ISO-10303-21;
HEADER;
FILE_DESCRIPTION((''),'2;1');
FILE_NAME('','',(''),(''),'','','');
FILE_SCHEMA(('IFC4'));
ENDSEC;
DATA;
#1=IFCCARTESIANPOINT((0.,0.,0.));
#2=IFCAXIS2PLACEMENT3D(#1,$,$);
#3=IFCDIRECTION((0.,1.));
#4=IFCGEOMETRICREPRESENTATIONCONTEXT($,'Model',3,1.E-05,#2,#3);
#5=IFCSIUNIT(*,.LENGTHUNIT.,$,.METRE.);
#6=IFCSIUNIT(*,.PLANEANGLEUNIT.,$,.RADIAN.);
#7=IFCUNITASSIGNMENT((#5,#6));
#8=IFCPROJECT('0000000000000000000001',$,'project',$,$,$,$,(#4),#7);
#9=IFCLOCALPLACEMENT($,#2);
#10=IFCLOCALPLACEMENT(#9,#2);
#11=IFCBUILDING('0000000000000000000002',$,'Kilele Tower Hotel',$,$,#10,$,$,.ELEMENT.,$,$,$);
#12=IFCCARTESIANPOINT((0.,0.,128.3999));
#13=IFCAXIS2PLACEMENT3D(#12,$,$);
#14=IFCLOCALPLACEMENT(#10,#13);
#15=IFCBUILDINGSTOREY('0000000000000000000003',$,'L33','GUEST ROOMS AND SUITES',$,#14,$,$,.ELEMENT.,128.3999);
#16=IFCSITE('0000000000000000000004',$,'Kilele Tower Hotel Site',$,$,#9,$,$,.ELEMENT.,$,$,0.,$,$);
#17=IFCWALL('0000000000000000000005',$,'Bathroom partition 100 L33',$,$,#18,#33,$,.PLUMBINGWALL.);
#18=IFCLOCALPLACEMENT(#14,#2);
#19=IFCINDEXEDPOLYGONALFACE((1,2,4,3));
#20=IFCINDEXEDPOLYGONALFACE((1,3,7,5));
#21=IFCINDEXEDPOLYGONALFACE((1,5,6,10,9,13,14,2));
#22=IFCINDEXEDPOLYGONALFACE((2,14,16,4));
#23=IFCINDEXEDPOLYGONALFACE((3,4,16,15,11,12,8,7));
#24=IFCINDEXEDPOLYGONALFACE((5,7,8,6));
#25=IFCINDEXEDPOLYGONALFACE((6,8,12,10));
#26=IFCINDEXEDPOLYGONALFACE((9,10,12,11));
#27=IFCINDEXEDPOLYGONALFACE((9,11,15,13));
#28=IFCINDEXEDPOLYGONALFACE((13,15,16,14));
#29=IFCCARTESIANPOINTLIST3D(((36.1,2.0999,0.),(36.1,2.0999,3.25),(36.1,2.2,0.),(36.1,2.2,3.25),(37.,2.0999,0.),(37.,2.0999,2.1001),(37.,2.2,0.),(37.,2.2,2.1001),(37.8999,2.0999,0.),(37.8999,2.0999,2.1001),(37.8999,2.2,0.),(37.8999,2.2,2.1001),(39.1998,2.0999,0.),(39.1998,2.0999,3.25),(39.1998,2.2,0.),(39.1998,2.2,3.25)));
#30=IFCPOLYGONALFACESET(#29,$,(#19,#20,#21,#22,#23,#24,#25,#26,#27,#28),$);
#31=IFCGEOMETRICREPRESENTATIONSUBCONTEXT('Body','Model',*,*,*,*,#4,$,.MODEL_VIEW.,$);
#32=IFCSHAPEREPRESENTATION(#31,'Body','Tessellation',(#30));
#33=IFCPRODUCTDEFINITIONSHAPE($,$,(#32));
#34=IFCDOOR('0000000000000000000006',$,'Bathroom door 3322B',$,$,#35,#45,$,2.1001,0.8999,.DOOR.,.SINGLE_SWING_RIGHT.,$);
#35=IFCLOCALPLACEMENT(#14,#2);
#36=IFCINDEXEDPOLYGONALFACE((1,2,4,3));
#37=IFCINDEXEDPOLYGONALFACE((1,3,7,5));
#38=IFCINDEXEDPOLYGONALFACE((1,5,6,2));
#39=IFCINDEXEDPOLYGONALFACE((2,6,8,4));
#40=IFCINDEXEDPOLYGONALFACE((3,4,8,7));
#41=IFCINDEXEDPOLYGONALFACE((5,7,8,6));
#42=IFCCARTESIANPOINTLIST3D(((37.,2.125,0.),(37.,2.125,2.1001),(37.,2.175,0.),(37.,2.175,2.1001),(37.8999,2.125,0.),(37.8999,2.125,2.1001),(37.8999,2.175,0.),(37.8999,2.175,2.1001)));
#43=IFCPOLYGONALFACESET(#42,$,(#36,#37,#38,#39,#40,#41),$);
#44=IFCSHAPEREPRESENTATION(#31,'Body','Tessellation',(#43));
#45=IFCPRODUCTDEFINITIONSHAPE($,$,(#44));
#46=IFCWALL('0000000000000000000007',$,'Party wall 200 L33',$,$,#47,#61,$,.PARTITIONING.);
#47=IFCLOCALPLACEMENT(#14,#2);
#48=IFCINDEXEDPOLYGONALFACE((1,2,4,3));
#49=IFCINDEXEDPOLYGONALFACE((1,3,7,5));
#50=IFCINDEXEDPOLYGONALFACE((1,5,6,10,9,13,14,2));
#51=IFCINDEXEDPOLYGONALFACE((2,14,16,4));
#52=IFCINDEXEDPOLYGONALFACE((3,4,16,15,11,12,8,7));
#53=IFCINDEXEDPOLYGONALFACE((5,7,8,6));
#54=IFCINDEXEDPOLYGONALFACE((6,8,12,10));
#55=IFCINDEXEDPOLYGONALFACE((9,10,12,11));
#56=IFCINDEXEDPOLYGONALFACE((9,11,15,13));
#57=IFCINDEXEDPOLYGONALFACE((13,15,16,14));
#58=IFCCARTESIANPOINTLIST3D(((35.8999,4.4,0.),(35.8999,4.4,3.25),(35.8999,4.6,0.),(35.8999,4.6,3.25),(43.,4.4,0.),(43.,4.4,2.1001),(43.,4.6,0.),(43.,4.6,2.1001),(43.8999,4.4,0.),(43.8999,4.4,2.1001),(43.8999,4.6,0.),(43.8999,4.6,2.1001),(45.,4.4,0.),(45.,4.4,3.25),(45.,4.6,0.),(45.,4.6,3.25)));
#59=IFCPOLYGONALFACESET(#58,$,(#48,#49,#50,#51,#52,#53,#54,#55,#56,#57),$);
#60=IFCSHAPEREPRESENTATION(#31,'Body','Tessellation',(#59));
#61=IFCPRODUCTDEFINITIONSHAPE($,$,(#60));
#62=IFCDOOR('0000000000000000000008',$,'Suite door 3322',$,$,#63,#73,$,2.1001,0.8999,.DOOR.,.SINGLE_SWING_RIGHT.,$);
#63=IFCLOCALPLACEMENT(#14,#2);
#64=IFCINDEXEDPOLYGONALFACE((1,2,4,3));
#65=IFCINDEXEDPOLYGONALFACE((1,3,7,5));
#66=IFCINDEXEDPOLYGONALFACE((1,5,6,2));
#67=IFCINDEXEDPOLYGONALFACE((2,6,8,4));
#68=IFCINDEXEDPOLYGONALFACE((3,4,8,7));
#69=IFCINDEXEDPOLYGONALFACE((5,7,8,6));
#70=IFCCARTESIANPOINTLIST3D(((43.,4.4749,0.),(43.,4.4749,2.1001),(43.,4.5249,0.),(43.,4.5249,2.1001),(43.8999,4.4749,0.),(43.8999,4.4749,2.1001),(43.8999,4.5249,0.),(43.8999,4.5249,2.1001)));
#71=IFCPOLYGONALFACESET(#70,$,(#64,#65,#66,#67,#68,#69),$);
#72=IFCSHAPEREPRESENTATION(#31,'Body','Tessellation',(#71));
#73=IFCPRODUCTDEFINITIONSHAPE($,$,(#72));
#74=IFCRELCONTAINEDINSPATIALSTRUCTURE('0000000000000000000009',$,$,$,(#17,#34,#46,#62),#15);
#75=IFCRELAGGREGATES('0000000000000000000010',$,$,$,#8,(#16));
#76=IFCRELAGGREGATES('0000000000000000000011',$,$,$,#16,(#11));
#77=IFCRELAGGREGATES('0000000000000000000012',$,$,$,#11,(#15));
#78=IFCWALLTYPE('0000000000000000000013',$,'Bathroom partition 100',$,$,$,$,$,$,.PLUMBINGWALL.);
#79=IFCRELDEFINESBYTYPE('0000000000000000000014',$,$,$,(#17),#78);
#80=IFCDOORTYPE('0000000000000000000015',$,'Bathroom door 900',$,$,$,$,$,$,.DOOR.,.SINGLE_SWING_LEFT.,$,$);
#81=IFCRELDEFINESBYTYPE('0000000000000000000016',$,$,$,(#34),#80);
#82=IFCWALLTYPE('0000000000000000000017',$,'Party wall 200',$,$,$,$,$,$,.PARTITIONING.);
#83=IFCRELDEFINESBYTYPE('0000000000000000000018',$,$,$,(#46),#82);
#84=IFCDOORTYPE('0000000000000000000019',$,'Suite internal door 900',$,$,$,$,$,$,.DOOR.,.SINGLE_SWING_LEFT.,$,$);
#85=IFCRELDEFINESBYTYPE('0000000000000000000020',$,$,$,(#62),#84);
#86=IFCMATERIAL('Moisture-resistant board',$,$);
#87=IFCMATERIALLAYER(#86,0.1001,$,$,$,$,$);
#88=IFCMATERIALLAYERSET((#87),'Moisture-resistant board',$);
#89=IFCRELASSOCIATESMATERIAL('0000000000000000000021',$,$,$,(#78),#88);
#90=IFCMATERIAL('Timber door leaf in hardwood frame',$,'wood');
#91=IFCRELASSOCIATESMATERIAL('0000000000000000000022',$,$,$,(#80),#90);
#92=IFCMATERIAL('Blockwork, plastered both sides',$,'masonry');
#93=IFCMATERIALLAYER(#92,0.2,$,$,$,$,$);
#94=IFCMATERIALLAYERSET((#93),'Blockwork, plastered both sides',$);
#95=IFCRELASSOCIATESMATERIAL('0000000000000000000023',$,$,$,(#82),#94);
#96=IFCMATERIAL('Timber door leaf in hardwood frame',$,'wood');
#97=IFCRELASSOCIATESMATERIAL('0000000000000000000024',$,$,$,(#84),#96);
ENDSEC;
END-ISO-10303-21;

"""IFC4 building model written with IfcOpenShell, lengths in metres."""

from ifc_helpers import new_model, si_unit, direction, frame, frame_2d, origin, place, context, subcontext, project, spatial, rectangle, extrude, material, layer, layer_set, type_object, element, fill, save


model = new_model("IFC4")

# Units and contexts
model_context = context("Model", 3, precision=1e-05, world=origin(), true_north=direction((0.0, 1.0)))
body_context = subcontext(model_context, "Body", "Model", "MODEL_VIEW")
ifc_project = project(units=[si_unit("LENGTHUNIT", "METRE"), si_unit("PLANEANGLEUNIT", "RADIAN")], contexts=[model_context])

# Site, building, storey
site_placement = place(None, origin())
site = spatial("IfcSite", under=ifc_project, at=site_placement, Name="Kilele Tower Hotel Site", CompositionType="ELEMENT", RefElevation=0.0)
building_placement = place(site_placement, origin())
building = spatial("IfcBuilding", under=site, at=building_placement, Name="Kilele Tower Hotel", CompositionType="ELEMENT")
storey_placement = place(building_placement, frame((0.0, 0.0, 128.3999)))
storey = spatial("IfcBuildingStorey", under=building, at=storey_placement, Name="L33", Description="GUEST ROOMS AND SUITES", CompositionType="ELEMENT", Elevation=128.3999)

# Shared definitions
ifc_material_1 = material(Name="Moisture-resistant board")
ifc_layer_1 = layer(ifc_material_1, 0.1001)
ifc_layer_set_1 = layer_set([ifc_layer_1], Name="Moisture-resistant board")
wall_type_1 = type_object("IfcWallType", Name="Bathroom partition 100", PredefinedType="PLUMBINGWALL", material=ifc_layer_set_1)

# Walls, openings, doors
ifc_material_2 = material(Name="Timber door leaf in hardwood frame", Category="wood")
door_type_1 = type_object("IfcDoorType", Name="Bathroom door 900", OperationType="SINGLE_SWING_LEFT", PredefinedType="DOOR", material=ifc_material_2)
wall_1_placement = place(storey_placement, frame((36.1001, 2.1499, 0.0), z_axis=(0.0, 0.0, 1.0), x_axis=(1.0, 0.0, 0.0)))
wall_1 = element("IfcWall", 1, at=wall_1_placement, inside=storey, type_object=wall_type_1, Name="Bathroom partition 100 L33", PredefinedType="PLUMBINGWALL", context=body_context, shape_type="SweptSolid", body=[
    extrude(rectangle(XDim=3.0999, YDim=0.1001, at=frame_2d((1.5498, 0.0))), origin(), (0.0, 0.0, 1.0), 3.25),
])
opening_1_placement = place(wall_1_placement, frame((1.7998, 0.0, 0.0), z_axis=(0.0, 0.0, 1.0), x_axis=(-1.0, 0.0, 0.0)))
opening_1 = element("IfcOpeningElement", 2, at=opening_1_placement, cuts=wall_1, PredefinedType="OPENING", context=body_context, shape_type="SweptSolid", body=[
    extrude(rectangle(XDim=0.8999, YDim=2.1001, at=frame_2d((0.45, 1.05))), frame((0.0, 0.0601, 0.0), z_axis=(0.0, -1.0, 0.0), x_axis=(1.0, 0.0, 0.0)), (0.0, 0.0, 1.0), 0.1201),
])
door_1_placement = place(opening_1_placement, origin())
door_1 = element("IfcDoor", 3, at=door_1_placement, inside=storey, type_object=door_type_1, Name="Bathroom door 3322B", OperationType="SINGLE_SWING_RIGHT", OverallHeight=2.1001, OverallWidth=0.8999, PredefinedType="DOOR", context=body_context, shape_type="SweptSolid", body=[
    extrude(rectangle(XDim=0.8999, YDim=2.1001, at=frame_2d((0.45, 1.05))), frame((0.0, 0.0249, 0.0), z_axis=(0.0, -1.0, 0.0), x_axis=(1.0, 0.0, 0.0)), (0.0, 0.0, 1.0), 0.05),
])
fill(opening_1, door_1)
ifc_material_3 = material(Name="Blockwork, plastered both sides", Category="masonry")
ifc_layer_2 = layer(ifc_material_3, 0.2)
ifc_layer_set_2 = layer_set([ifc_layer_2], Name="Blockwork, plastered both sides")
wall_type_2 = type_object("IfcWallType", Name="Party wall 200", PredefinedType="PARTITIONING", material=ifc_layer_set_2)
wall_2_placement = place(storey_placement, frame((35.8999, 4.5, 0.0), z_axis=(0.0, 0.0, 1.0), x_axis=(1.0, 0.0, 0.0)))
wall_2 = element("IfcWall", 4, at=wall_2_placement, inside=storey, type_object=wall_type_2, Name="Party wall 200 L33", PredefinedType="PARTITIONING", context=body_context, shape_type="SweptSolid", body=[
    extrude(rectangle(XDim=9.1001, YDim=0.2, at=frame_2d((4.55, 0.0))), origin(), (0.0, 0.0, 1.0), 3.25),
])
opening_2_placement = place(wall_2_placement, frame((7.1001, 0.0, 0.0)))
opening_2 = element("IfcOpeningElement", 5, at=opening_2_placement, cuts=wall_2, PredefinedType="OPENING", context=body_context, shape_type="SweptSolid", body=[
    extrude(rectangle(XDim=0.8999, YDim=2.1001, at=frame_2d((0.45, 1.05))), frame((0.0, 0.1099, 0.0), z_axis=(0.0, -1.0, 0.0), x_axis=(1.0, 0.0, 0.0)), (0.0, 0.0, 1.0), 0.22),
])
ifc_material_4 = material(Name="Timber door leaf in hardwood frame", Category="wood")
door_type_2 = type_object("IfcDoorType", Name="Suite internal door 900", OperationType="SINGLE_SWING_LEFT", PredefinedType="DOOR", material=ifc_material_4)
door_2_placement = place(opening_2_placement, origin())
door_2 = element("IfcDoor", 6, at=door_2_placement, inside=storey, type_object=door_type_2, Name="Suite door 3322", OperationType="SINGLE_SWING_RIGHT", OverallHeight=2.1001, OverallWidth=0.8999, PredefinedType="DOOR", context=body_context, shape_type="SweptSolid", body=[
    extrude(rectangle(XDim=0.8999, YDim=2.1001, at=frame_2d((0.45, 1.05))), frame((0.0, 0.0249, 0.0), z_axis=(0.0, -1.0, 0.0), x_axis=(1.0, 0.0, 0.0)), (0.0, 0.0, 1.0), 0.05),
])
fill(opening_2, door_2)

save(model, "model.ifc")
